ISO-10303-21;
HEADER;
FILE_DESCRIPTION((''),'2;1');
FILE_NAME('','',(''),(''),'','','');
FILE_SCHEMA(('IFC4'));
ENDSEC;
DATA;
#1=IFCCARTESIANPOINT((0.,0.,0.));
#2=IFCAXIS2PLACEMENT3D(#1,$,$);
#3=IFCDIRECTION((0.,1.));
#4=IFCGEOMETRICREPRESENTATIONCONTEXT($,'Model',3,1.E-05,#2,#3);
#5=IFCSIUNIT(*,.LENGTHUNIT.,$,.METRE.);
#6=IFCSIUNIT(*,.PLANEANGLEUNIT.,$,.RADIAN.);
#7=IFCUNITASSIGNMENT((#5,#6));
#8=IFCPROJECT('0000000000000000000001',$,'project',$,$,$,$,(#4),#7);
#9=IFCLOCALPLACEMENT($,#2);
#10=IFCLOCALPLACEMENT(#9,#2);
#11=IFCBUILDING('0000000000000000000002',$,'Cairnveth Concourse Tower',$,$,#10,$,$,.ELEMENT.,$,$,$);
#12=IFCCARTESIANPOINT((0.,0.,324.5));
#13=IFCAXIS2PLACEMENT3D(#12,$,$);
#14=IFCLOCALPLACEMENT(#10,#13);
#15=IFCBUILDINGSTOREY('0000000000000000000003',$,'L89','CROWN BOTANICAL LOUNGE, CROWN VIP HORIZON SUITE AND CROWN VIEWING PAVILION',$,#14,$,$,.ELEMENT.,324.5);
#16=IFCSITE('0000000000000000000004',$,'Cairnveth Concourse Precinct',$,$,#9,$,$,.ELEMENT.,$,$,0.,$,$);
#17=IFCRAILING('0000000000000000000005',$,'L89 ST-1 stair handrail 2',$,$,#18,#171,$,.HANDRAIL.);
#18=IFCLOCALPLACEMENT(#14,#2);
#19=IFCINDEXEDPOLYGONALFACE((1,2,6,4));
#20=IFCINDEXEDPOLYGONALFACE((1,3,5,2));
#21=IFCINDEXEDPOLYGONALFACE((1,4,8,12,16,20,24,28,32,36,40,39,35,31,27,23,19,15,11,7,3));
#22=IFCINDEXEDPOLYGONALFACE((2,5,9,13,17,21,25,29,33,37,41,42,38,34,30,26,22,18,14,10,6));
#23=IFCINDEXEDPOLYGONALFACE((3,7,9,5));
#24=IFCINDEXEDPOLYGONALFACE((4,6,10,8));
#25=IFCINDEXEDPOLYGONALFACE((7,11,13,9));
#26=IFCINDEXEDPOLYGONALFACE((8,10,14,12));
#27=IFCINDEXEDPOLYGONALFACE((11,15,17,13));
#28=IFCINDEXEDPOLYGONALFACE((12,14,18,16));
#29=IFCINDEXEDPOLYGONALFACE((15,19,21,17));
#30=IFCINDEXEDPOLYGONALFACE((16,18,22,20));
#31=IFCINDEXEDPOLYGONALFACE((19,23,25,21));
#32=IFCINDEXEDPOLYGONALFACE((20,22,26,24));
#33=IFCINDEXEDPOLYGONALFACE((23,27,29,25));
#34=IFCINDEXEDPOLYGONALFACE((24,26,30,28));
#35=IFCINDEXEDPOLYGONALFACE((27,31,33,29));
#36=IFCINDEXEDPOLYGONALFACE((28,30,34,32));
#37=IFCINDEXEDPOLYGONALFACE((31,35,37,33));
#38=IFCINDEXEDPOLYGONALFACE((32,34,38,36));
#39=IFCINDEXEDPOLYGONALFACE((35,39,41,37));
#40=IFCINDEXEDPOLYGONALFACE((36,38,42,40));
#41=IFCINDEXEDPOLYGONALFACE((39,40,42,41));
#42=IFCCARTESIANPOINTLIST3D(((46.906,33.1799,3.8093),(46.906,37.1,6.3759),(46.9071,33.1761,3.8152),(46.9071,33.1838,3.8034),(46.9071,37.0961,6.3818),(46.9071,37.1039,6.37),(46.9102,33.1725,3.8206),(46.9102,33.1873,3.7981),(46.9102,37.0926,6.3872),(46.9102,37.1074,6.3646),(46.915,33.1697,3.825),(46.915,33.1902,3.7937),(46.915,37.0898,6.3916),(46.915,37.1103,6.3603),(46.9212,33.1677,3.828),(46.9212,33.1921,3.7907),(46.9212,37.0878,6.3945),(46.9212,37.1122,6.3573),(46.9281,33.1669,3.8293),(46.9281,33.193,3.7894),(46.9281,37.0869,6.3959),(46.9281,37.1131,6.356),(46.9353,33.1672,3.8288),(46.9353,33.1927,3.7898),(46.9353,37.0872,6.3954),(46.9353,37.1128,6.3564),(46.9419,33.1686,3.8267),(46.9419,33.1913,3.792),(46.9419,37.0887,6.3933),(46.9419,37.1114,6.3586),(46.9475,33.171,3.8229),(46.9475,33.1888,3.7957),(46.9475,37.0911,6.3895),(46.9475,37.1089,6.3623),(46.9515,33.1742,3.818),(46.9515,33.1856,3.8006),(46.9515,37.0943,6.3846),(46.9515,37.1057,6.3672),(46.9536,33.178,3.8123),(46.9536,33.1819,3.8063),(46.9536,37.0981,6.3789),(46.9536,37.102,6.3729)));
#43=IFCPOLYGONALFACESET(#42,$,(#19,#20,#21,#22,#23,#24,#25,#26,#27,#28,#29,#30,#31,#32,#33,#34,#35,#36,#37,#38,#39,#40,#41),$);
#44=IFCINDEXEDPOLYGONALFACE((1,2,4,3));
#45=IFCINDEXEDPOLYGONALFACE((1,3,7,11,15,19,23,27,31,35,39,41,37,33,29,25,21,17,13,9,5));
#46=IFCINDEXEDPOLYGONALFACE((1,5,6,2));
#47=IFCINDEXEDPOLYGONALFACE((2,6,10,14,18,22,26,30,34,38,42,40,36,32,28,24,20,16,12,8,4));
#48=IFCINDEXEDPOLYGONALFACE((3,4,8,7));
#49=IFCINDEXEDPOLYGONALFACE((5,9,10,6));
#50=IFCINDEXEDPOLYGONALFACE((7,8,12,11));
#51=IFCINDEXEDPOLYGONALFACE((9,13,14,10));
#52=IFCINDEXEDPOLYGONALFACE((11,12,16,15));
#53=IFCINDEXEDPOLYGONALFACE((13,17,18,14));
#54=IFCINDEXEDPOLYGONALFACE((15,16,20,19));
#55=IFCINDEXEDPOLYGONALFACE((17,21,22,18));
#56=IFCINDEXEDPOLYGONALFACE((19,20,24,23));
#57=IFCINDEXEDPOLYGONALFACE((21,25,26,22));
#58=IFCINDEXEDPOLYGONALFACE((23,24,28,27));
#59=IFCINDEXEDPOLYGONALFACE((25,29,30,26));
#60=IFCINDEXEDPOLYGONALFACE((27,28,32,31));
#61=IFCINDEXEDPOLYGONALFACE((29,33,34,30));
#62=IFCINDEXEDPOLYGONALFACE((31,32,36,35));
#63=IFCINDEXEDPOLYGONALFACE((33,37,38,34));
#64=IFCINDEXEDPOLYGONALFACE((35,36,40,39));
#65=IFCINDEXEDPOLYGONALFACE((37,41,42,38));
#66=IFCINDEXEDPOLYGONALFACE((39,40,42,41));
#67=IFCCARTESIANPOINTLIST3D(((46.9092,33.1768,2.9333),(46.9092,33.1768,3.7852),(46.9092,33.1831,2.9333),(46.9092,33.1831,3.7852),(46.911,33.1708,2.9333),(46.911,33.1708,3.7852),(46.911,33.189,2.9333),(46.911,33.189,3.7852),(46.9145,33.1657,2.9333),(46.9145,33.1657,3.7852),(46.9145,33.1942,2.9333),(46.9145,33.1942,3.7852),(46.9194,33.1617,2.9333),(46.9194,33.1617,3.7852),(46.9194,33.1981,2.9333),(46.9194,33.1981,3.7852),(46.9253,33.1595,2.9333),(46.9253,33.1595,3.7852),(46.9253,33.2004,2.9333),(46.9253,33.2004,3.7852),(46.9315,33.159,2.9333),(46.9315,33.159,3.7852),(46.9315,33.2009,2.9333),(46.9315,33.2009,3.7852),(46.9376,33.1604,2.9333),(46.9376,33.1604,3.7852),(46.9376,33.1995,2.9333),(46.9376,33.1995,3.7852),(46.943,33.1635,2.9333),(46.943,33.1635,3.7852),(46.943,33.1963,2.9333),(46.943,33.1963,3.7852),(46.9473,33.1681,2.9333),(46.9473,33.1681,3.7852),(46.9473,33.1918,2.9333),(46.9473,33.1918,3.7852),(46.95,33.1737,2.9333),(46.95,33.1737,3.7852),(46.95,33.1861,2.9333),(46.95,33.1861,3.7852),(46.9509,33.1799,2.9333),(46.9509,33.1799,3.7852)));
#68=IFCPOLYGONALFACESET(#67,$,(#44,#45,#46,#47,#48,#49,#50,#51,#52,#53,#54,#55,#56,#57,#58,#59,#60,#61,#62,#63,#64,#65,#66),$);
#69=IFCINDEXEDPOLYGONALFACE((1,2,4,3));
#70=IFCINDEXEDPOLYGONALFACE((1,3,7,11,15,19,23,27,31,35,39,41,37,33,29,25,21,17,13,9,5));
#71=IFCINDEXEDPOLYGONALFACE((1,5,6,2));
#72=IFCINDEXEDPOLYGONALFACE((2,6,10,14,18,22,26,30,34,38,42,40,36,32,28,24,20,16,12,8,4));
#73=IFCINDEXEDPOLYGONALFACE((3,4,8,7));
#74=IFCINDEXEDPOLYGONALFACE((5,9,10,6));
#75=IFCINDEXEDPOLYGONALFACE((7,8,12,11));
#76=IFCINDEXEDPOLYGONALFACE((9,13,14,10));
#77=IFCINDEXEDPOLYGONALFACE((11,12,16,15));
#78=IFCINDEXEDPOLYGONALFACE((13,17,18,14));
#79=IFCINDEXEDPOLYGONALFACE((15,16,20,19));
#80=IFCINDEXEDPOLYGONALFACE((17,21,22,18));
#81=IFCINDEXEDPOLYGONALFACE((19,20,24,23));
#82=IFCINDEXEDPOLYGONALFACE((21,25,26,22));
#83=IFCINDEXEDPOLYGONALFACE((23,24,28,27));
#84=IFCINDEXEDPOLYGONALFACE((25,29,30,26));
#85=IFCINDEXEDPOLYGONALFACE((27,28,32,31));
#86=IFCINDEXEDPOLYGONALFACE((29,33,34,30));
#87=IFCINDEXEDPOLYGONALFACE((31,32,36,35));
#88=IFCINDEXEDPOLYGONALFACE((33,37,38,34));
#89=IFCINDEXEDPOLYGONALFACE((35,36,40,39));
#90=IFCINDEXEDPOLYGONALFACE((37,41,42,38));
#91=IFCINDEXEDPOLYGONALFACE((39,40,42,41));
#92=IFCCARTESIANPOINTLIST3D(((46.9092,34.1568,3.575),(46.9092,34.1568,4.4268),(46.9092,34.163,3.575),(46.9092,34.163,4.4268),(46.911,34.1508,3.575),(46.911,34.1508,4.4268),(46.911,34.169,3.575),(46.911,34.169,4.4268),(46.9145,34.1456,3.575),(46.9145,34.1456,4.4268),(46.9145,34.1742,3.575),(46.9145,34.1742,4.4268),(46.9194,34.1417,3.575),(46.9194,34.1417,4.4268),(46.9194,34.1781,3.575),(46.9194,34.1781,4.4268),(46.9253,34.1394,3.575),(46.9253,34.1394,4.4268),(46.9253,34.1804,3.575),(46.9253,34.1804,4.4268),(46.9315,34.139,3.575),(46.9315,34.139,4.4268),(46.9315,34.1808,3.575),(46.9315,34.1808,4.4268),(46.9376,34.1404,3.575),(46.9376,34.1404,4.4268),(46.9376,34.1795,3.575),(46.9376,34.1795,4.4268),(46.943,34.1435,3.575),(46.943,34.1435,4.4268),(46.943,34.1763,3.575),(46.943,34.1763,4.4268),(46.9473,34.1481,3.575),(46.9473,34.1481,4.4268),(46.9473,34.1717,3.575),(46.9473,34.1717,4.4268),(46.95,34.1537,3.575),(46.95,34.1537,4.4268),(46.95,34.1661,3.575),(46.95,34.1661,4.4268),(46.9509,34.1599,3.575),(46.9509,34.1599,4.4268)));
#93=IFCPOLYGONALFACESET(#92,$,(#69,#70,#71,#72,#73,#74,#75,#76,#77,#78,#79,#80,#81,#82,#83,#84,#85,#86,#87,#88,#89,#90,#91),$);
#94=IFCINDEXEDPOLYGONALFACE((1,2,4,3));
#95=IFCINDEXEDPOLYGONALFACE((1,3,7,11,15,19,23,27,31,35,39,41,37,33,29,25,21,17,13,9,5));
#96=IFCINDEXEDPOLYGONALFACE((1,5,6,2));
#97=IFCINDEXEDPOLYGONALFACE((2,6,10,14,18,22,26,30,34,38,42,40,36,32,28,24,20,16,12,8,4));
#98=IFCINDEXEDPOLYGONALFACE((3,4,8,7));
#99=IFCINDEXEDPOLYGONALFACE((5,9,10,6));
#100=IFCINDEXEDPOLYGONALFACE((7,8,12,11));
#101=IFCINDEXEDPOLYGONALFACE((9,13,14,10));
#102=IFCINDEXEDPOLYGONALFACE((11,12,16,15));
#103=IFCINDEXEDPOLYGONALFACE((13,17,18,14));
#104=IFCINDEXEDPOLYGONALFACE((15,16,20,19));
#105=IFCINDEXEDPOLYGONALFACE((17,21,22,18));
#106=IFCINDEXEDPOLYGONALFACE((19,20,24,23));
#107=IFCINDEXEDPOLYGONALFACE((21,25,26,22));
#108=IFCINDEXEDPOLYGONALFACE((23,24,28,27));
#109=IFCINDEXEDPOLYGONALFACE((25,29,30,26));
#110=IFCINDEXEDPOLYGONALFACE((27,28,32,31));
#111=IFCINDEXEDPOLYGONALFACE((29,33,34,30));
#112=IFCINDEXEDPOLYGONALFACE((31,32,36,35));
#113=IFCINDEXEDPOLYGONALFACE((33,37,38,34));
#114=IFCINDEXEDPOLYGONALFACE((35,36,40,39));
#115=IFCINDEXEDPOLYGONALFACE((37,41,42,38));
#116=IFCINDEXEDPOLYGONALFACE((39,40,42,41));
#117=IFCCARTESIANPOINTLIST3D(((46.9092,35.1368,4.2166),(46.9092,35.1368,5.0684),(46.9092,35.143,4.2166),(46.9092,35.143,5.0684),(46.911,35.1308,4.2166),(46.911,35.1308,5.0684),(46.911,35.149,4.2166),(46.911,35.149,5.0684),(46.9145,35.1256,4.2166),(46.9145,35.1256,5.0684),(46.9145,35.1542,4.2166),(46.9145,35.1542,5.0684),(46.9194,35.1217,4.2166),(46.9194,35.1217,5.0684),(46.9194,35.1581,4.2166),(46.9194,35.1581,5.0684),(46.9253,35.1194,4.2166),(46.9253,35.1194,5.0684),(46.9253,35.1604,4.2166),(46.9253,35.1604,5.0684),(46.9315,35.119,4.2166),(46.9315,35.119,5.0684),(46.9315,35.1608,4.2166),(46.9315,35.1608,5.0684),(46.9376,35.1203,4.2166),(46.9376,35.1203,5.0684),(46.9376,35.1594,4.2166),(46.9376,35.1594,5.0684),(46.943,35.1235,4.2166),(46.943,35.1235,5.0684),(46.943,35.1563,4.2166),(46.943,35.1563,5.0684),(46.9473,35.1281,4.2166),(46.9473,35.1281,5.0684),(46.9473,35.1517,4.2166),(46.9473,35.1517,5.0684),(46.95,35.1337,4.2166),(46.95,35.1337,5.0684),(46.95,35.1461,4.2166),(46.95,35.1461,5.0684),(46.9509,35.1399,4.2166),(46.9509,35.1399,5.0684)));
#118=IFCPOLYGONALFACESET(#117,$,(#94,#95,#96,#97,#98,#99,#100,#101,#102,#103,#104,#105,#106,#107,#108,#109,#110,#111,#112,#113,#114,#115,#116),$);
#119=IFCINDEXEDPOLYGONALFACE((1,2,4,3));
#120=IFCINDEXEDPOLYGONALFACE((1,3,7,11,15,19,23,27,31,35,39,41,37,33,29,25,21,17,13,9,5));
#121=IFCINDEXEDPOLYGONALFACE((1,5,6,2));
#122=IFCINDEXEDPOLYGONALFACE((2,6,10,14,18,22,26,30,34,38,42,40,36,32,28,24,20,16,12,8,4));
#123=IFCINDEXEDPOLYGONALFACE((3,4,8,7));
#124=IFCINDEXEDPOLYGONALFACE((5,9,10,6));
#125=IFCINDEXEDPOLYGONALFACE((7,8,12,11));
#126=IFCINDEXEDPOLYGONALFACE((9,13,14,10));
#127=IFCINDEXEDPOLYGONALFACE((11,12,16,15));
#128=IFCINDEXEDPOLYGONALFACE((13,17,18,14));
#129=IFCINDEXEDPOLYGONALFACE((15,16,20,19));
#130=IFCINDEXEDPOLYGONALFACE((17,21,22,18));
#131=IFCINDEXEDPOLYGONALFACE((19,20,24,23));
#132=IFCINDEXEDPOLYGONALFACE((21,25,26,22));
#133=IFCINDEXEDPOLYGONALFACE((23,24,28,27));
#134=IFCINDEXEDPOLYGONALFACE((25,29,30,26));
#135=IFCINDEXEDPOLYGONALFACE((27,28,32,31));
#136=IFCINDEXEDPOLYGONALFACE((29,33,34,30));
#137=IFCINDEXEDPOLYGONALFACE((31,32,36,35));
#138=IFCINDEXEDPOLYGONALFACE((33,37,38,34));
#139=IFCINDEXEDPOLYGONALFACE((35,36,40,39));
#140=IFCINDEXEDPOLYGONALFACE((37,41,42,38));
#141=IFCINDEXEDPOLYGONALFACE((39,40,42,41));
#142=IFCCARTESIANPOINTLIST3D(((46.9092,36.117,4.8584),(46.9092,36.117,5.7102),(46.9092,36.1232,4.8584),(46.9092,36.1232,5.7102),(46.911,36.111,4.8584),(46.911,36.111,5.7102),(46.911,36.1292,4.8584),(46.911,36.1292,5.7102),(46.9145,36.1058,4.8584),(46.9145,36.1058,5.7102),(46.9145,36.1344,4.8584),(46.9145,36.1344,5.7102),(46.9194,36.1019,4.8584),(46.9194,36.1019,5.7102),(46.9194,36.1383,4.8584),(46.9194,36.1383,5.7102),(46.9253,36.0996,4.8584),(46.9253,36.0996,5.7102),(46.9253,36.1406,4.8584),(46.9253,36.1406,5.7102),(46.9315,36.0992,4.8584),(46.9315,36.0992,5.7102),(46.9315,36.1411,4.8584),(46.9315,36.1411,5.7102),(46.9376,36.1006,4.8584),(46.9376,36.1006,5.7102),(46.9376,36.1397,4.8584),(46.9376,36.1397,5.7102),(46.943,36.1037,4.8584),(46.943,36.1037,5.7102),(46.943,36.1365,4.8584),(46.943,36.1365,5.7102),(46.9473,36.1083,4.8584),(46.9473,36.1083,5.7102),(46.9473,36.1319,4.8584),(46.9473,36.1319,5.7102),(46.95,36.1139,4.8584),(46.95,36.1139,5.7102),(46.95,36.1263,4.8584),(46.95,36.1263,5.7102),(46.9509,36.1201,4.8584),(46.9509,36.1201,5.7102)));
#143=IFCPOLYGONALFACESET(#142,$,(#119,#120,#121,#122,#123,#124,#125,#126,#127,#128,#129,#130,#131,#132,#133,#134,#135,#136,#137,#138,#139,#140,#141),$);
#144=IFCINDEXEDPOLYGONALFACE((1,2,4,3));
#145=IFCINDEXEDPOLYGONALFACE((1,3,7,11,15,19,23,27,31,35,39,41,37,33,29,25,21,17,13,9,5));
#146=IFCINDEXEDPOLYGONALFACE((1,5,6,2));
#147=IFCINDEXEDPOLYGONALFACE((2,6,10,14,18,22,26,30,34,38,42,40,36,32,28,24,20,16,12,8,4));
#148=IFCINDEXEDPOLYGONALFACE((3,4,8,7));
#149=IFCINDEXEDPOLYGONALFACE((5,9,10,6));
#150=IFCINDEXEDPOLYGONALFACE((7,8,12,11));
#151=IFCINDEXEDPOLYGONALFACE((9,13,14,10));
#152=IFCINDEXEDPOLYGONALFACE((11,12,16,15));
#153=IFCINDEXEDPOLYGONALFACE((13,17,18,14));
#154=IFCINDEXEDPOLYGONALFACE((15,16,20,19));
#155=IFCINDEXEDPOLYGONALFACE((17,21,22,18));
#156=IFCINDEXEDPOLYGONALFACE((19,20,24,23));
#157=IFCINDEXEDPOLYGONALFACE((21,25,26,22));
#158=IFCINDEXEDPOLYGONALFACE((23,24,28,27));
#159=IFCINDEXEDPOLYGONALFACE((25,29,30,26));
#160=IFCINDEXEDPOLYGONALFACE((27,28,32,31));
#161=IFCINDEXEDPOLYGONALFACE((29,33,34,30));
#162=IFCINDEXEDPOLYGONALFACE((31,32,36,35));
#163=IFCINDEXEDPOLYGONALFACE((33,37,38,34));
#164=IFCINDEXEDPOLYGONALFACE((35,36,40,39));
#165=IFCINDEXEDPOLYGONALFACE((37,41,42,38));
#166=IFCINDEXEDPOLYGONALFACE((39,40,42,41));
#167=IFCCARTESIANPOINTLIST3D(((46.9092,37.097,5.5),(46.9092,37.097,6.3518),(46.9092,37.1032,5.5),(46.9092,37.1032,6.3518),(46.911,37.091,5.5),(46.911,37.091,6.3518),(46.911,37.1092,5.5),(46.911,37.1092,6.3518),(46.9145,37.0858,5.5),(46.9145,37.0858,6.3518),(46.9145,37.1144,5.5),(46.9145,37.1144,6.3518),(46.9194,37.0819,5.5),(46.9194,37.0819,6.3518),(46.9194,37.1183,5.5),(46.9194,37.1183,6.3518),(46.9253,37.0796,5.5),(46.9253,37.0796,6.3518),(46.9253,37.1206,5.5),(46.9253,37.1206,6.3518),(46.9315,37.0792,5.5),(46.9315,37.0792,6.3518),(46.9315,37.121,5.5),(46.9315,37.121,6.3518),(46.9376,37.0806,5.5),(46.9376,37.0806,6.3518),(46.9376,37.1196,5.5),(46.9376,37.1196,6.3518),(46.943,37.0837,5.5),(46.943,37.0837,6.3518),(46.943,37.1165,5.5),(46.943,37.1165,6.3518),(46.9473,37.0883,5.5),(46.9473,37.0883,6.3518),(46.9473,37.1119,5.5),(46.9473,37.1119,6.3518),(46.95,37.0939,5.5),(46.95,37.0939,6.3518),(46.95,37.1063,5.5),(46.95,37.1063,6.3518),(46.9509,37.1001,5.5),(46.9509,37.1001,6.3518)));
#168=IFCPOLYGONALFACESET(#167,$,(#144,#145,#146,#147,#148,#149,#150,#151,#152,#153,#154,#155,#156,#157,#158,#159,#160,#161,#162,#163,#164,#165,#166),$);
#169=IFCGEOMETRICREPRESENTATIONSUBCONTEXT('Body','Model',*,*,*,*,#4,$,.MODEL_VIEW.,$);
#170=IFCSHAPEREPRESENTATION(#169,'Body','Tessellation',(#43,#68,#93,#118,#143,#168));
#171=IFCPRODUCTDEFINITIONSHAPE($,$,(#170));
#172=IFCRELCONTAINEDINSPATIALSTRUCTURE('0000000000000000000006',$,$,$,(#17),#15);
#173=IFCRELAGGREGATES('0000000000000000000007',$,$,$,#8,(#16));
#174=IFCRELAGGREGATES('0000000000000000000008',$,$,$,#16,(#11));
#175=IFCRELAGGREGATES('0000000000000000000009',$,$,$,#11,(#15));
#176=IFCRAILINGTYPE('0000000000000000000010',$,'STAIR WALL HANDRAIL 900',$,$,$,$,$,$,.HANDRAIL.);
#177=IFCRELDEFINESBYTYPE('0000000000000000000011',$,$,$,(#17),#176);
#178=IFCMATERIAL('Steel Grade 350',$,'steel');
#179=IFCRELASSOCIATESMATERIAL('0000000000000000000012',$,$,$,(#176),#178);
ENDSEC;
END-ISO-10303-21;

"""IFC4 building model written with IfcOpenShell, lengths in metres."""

from ifc_helpers import new_model, si_unit, direction, frame, origin, origin_2d, place, context, subcontext, project, spatial, circle, extrude, material, type_object, element, save


model = new_model("IFC4")

# Units and contexts
model_context = context("Model", 3, precision=1e-05, world=origin(), true_north=direction((0.0, 1.0)))
body_context = subcontext(model_context, "Body", "Model", "MODEL_VIEW")
ifc_project = project(units=[si_unit("LENGTHUNIT", "METRE"), si_unit("PLANEANGLEUNIT", "RADIAN")], contexts=[model_context])

# Site, building, storey
site_placement = place(None, origin())
site = spatial("IfcSite", under=ifc_project, at=site_placement, Name="Cairnveth Concourse Precinct", CompositionType="ELEMENT", RefElevation=0.0)
building_placement = place(site_placement, origin())
building = spatial("IfcBuilding", under=site, at=building_placement, Name="Cairnveth Concourse Tower", CompositionType="ELEMENT")
storey_placement = place(building_placement, frame((0.0, 0.0, 324.5)))
storey = spatial("IfcBuildingStorey", under=building, at=storey_placement, Name="L89", Description="CROWN BOTANICAL LOUNGE, CROWN VIP HORIZON SUITE AND CROWN VIEWING PAVILION", CompositionType="ELEMENT", Elevation=324.5)

# Shared definitions
ifc_material_1 = material(Name="Steel Grade 350", Category="steel")

# Railing
railing_type_1 = type_object("IfcRailingType", Name="STAIR WALL HANDRAIL 900", PredefinedType="HANDRAIL", material=ifc_material_1)
railing_1_placement = place(storey_placement, frame((46.9299, 33.1799, 2.9333)))
element("IfcRailing", 1, at=railing_1_placement, inside=storey, type_object=railing_type_1, Name="L89 ST-1 stair handrail 2", PredefinedType="HANDRAIL", context=body_context, shape_type="SweptSolid", body=[
    extrude(circle(Radius=0.0239, at=origin_2d()), frame((0.0, 0.0, 0.876), z_axis=(0.0, 0.836631, 0.547767), x_axis=(-1.0, 0.0, 0.0)), (0.0, 0.0, 1.0), 4.6855),
    extrude(circle(Radius=0.021, at=origin_2d()), origin(), (0.0, 0.0, 1.0), 0.8518),
    extrude(circle(Radius=0.021, at=origin_2d()), frame((0.0, 0.98, 0.6416)), (0.0, 0.0, 1.0), 0.8518),
    extrude(circle(Radius=0.021, at=origin_2d()), frame((0.0, 1.96, 1.2832)), (0.0, 0.0, 1.0), 0.8518),
    extrude(circle(Radius=0.021, at=origin_2d()), frame((0.0, 2.9402, 1.925)), (0.0, 0.0, 1.0), 0.8518),
    extrude(circle(Radius=0.021, at=origin_2d()), frame((0.0, 3.9202, 2.5667)), (0.0, 0.0, 1.0), 0.8518),
])

save(model, "model.ifc")
